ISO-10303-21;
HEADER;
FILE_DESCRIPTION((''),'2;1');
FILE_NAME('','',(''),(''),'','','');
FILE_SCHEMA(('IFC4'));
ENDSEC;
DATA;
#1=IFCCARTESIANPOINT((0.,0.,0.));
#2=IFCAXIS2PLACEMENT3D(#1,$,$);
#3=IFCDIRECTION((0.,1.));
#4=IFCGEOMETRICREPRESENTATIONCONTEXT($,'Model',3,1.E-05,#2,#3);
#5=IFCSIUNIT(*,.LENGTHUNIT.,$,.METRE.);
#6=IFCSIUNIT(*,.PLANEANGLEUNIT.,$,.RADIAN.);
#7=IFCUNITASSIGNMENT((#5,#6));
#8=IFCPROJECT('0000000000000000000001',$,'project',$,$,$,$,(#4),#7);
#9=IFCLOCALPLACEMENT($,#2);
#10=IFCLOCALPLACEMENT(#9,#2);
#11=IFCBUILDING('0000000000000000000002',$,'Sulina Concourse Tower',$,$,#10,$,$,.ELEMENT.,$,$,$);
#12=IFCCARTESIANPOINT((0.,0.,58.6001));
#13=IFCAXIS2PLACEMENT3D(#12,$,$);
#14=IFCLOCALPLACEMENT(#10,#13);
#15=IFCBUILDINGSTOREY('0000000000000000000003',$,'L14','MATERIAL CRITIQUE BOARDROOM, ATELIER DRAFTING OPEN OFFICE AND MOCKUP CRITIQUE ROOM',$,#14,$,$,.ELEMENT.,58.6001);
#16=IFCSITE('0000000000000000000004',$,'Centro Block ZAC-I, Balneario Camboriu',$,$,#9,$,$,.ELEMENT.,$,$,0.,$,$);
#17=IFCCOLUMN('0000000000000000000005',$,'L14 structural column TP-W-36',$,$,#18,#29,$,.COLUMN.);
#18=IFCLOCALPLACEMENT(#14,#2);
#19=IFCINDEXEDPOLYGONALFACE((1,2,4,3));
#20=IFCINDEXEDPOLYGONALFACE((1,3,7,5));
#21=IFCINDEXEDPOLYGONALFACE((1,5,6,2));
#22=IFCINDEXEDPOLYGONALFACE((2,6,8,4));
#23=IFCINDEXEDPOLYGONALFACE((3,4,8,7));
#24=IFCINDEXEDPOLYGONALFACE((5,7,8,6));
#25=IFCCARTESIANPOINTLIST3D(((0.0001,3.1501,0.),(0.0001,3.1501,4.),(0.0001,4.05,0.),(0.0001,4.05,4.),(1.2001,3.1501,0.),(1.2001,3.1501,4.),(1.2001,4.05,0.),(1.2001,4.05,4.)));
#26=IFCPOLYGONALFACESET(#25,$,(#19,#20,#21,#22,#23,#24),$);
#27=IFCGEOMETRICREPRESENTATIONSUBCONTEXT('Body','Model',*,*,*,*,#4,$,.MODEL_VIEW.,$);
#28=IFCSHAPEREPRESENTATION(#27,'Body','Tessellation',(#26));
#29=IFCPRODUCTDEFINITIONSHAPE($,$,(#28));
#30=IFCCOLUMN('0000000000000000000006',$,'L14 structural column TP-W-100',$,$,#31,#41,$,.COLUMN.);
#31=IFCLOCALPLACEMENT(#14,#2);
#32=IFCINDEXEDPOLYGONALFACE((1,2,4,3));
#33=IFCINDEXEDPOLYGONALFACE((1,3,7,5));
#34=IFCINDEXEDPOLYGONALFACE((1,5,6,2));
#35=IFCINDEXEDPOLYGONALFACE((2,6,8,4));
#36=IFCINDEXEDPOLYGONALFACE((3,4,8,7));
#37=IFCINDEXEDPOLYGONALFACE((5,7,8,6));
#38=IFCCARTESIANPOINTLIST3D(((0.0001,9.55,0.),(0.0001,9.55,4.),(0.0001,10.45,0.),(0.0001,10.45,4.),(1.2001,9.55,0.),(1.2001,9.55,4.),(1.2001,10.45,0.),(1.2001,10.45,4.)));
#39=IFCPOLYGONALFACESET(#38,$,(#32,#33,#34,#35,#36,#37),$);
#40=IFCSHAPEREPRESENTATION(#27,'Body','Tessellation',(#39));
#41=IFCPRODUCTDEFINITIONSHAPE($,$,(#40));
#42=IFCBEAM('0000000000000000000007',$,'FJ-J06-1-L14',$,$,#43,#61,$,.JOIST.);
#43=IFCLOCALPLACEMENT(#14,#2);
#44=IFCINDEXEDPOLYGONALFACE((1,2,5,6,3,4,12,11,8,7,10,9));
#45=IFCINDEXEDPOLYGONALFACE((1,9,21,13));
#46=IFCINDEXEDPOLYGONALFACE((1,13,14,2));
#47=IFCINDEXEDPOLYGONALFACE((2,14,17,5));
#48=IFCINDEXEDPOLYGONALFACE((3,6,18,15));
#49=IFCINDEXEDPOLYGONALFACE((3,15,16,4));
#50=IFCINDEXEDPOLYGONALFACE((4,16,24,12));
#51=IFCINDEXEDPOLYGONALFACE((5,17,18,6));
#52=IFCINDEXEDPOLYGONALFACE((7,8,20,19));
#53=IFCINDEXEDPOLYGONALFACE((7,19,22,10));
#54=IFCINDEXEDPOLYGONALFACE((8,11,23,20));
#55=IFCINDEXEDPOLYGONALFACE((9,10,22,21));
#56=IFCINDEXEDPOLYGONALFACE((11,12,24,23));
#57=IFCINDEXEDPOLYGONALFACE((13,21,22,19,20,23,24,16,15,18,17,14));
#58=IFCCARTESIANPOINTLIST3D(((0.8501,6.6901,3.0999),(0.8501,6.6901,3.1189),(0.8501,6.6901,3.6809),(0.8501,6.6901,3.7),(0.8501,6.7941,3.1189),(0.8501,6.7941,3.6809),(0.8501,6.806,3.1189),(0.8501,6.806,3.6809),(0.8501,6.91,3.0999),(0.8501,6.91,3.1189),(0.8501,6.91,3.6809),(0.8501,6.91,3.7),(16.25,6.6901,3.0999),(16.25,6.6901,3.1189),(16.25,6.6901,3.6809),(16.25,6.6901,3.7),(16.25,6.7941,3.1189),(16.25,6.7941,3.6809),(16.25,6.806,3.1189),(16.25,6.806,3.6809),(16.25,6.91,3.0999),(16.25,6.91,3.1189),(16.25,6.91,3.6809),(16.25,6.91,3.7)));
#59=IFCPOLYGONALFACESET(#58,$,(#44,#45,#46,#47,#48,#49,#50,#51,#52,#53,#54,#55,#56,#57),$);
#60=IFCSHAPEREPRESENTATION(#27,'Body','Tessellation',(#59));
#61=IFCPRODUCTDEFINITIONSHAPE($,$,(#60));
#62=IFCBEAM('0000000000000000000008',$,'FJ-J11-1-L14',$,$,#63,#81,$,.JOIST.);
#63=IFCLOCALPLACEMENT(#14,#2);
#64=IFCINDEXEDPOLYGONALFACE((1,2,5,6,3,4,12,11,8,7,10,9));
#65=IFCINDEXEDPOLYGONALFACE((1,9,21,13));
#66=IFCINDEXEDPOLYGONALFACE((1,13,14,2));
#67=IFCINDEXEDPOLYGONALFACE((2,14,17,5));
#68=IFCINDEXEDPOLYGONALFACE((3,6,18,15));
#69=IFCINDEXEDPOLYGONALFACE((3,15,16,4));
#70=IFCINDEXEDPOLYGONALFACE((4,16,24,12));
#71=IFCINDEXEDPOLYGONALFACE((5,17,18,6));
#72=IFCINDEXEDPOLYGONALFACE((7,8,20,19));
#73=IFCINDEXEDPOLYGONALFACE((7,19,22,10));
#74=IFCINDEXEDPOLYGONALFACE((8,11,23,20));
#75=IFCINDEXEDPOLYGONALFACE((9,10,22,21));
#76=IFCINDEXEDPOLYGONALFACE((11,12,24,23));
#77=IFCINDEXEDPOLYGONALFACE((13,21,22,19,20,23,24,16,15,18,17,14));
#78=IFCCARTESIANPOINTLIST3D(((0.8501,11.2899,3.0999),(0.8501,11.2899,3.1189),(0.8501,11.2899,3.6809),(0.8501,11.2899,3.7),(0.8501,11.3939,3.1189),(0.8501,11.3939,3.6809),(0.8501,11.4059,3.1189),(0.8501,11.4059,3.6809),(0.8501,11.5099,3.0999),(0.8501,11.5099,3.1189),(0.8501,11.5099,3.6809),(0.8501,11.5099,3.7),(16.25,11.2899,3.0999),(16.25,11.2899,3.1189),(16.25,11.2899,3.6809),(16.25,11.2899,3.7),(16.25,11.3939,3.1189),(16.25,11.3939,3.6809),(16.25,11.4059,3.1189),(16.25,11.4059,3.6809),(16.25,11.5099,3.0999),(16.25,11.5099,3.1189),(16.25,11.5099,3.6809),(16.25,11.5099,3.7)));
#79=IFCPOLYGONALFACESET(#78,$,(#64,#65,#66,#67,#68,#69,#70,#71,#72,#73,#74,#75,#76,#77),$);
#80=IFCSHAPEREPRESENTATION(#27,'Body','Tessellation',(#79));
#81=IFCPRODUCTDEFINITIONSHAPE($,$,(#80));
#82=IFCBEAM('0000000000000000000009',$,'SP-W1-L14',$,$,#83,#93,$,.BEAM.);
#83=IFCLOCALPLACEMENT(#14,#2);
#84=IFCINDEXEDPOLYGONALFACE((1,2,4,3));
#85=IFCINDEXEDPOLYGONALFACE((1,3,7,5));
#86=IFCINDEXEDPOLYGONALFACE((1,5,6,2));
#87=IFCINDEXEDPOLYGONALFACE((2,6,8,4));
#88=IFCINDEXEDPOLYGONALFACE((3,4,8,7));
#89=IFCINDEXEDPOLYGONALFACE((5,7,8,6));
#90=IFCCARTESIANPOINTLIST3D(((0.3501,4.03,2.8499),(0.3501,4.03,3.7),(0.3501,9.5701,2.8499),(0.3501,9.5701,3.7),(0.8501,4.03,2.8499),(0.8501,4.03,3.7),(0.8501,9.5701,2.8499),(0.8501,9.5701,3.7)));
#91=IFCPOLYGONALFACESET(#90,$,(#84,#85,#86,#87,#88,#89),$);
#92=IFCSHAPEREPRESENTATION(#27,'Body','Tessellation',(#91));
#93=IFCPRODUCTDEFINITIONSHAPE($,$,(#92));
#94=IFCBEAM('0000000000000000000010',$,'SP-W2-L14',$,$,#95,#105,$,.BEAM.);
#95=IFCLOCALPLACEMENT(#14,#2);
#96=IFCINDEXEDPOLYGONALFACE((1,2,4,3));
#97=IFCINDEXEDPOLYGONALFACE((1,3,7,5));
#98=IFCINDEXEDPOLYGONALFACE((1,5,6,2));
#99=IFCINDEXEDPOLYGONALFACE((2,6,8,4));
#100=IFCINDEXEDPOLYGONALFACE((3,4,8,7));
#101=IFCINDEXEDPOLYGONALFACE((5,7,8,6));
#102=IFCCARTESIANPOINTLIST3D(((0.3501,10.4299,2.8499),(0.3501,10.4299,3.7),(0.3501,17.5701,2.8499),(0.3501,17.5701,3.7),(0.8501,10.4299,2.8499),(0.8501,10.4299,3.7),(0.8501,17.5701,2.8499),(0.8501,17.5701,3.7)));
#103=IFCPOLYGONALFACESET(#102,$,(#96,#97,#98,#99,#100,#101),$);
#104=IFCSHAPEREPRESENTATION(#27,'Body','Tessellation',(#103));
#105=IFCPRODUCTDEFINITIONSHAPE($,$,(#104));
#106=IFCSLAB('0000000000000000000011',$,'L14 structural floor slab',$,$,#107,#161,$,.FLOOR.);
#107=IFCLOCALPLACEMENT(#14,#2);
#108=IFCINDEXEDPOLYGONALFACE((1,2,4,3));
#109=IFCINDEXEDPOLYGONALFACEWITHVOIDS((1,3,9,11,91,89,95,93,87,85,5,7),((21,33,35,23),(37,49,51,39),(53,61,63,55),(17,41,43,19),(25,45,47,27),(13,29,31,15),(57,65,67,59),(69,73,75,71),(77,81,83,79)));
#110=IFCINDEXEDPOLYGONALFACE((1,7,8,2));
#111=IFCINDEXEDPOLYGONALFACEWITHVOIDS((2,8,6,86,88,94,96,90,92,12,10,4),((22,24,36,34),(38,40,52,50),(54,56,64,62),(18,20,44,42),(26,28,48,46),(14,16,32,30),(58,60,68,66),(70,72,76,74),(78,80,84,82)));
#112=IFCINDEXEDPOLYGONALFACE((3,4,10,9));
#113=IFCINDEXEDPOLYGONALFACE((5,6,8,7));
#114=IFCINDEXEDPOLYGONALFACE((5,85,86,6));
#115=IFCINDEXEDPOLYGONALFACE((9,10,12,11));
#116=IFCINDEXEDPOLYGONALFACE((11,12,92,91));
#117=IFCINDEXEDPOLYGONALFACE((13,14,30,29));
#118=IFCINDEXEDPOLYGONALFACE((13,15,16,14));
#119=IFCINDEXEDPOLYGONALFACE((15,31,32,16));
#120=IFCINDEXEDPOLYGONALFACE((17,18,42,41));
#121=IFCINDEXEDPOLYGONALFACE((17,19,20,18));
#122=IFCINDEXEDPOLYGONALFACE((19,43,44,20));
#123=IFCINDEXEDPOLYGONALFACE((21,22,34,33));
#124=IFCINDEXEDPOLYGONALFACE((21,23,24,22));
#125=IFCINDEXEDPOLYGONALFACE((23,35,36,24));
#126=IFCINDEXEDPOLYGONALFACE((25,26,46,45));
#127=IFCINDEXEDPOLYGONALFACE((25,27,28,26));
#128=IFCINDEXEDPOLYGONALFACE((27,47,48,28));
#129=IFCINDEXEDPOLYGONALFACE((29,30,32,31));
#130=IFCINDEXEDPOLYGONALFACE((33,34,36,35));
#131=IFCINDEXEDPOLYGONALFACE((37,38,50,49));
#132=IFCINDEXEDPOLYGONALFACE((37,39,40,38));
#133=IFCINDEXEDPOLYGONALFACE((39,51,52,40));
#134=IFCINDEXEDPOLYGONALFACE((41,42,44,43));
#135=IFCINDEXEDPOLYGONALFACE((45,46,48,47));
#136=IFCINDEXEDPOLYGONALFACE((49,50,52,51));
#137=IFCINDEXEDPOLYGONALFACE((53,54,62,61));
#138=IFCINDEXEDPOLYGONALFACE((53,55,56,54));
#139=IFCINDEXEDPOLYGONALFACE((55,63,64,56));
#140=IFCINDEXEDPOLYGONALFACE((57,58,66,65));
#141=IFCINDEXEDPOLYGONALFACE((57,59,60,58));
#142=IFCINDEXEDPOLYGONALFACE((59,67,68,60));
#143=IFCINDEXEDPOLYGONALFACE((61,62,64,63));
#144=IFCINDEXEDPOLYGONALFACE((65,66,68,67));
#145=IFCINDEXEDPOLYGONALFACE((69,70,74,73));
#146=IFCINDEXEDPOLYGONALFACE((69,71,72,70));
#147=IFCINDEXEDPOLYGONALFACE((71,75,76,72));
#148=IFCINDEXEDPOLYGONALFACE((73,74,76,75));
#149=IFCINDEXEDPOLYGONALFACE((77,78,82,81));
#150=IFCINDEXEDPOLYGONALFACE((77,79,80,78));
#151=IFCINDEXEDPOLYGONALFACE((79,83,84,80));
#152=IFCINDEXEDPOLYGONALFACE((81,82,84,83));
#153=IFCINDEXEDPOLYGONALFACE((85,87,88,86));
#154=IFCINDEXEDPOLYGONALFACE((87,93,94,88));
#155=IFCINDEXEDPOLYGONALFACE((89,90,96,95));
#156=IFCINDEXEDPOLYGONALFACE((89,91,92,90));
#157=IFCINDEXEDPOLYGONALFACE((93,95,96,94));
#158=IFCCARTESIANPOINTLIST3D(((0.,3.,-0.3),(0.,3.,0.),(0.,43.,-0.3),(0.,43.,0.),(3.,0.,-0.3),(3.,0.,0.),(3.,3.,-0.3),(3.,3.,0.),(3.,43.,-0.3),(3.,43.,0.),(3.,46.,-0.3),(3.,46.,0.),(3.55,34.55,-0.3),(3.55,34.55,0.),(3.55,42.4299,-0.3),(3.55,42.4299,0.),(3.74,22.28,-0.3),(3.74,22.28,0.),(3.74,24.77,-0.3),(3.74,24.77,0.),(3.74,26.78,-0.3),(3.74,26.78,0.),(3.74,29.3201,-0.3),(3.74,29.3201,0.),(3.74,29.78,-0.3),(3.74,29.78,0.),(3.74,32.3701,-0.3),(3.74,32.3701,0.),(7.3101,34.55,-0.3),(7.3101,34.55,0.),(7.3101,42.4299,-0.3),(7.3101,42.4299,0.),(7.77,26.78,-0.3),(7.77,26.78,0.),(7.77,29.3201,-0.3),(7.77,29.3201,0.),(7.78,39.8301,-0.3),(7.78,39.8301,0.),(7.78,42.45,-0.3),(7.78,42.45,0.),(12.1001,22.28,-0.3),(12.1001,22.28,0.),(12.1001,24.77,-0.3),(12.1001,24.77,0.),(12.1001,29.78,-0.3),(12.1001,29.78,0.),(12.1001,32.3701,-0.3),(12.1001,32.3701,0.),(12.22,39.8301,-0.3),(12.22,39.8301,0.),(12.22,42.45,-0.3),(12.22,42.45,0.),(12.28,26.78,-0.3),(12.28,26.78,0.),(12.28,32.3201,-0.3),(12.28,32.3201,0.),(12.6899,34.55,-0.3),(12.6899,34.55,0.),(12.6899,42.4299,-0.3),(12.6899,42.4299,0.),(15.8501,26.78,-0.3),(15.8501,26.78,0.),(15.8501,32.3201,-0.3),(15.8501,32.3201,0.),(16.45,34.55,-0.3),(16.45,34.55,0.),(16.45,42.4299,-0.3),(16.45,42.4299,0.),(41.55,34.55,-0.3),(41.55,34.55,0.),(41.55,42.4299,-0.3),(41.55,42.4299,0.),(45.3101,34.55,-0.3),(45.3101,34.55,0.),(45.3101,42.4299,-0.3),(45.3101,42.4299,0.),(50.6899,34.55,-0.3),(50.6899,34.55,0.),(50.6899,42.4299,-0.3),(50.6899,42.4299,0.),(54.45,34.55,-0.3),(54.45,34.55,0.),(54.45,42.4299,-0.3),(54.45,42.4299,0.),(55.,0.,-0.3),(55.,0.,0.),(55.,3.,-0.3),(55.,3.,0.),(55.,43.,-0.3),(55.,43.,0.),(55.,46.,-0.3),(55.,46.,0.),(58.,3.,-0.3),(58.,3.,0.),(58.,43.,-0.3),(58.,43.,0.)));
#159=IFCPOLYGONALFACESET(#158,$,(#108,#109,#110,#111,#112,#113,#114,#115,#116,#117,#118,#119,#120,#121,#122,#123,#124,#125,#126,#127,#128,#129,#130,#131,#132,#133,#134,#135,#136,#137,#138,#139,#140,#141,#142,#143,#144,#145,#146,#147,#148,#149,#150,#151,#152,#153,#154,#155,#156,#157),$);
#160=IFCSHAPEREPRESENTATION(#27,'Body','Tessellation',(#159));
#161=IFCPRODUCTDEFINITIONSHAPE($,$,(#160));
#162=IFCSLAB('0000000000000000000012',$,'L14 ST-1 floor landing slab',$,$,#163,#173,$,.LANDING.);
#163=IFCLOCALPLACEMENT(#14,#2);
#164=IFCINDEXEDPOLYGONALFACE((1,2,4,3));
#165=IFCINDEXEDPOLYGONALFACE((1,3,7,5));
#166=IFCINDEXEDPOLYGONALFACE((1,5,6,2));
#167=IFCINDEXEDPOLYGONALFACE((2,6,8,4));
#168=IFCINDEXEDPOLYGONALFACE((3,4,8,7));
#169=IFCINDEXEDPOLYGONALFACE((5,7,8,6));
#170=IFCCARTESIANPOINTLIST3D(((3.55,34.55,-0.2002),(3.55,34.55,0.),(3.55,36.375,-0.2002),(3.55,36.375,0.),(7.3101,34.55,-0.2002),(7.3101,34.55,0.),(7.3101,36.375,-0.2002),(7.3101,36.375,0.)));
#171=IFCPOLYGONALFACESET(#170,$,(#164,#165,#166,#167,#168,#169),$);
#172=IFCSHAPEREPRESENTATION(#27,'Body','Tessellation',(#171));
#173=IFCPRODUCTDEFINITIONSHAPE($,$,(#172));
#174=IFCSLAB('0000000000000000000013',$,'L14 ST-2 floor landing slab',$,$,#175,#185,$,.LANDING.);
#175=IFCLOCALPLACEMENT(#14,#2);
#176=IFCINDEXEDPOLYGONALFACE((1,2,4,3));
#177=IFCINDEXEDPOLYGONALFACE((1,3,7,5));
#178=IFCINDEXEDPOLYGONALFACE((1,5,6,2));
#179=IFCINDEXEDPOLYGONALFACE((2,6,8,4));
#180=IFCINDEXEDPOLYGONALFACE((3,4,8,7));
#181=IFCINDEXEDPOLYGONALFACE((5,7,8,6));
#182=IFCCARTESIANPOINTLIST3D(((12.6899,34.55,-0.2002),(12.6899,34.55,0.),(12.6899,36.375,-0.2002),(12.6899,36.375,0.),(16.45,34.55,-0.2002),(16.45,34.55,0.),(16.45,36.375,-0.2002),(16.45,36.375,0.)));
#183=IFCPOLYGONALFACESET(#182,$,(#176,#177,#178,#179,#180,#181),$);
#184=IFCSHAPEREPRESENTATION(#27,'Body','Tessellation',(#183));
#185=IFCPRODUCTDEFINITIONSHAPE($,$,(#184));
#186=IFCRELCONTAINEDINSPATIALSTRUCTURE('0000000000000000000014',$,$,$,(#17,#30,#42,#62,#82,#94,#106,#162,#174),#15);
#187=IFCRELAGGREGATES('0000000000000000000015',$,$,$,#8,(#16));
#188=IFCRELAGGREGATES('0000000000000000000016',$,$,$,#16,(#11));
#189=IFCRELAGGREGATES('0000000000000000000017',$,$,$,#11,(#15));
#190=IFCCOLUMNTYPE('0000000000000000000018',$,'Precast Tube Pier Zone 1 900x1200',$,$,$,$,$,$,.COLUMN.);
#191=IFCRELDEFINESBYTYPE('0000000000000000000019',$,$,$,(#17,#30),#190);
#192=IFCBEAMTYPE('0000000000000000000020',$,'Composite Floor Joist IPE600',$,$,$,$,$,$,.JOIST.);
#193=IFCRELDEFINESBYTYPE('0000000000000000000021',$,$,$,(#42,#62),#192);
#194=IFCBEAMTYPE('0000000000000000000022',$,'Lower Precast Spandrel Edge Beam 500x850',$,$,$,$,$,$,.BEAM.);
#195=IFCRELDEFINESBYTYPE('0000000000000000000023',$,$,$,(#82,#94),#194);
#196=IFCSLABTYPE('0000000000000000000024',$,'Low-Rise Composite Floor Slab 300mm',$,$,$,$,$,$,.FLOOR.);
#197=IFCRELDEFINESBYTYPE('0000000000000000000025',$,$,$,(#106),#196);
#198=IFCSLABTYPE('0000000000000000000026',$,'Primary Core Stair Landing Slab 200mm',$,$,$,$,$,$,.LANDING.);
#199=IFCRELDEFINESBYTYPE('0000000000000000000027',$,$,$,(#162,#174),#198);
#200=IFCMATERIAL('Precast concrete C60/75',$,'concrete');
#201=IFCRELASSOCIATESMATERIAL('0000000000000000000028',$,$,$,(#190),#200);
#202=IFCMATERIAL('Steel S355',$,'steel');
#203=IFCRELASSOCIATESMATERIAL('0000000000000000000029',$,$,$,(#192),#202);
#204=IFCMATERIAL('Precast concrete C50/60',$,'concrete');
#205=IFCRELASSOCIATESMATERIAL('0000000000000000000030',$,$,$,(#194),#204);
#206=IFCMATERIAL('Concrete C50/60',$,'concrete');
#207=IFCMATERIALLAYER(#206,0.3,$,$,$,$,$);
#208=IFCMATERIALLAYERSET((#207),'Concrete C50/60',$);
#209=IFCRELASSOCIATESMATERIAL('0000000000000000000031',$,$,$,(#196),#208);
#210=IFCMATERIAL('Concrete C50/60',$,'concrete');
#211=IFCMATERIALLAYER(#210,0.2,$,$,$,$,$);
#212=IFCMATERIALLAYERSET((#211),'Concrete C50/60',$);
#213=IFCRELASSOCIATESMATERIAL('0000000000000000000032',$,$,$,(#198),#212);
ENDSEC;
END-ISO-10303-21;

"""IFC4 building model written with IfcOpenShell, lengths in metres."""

from ifc_helpers import new_model, si_unit, direction, frame, origin, origin_2d, place, context, subcontext, project, spatial, polyline, rectangle, i_section, outline, extrude, material, layer, layer_set, material_profile, profile_set, type_object, element, save


model = new_model("IFC4")

# Units and contexts
model_context = context("Model", 3, precision=1e-05, world=origin(), true_north=direction((0.0, 1.0)))
body_context = subcontext(model_context, "Body", "Model", "MODEL_VIEW")
ifc_project = project(units=[si_unit("LENGTHUNIT", "METRE"), si_unit("PLANEANGLEUNIT", "RADIAN")], contexts=[model_context])

# Site, building, storey
site_placement = place(None, origin())
site = spatial("IfcSite", under=ifc_project, at=site_placement, Name="Centro Block ZAC-I, Balneario Camboriu", CompositionType="ELEMENT", RefElevation=0.0)
building_placement = place(site_placement, origin())
building = spatial("IfcBuilding", under=site, at=building_placement, Name="Sulina Concourse Tower", CompositionType="ELEMENT")
storey_placement = place(building_placement, frame((0.0, 0.0, 58.6001)))
storey = spatial("IfcBuildingStorey", under=building, at=storey_placement, Name="L14", Description="MATERIAL CRITIQUE BOARDROOM, ATELIER DRAFTING OPEN OFFICE AND MOCKUP CRITIQUE ROOM", CompositionType="ELEMENT", Elevation=58.6001)

# Columns
ifc_material_1 = material(Name="Precast concrete C60/75", Category="concrete")
ifc_material_profile_1 = material_profile(ifc_material_1, rectangle(XDim=0.8999, YDim=1.2, at=origin_2d()), Name="PC 900x1200")
ifc_profile_set_1 = profile_set([ifc_material_profile_1], Name="Precast concrete C60/75")
column_type = type_object("IfcColumnType", Name="Precast Tube Pier Zone 1 900x1200", PredefinedType="COLUMN", material=ifc_profile_set_1)
for number, where, z_axis, x_axis, name in (
    (1, (0.6001, 3.6001, 0.0), (0.0, 0.0, 1.0), (0.0, 1.0, 0.0), "L14 structural column TP-W-36"),
    (2, (0.6001, 10.0, 0.0), (0.0, 0.0, 1.0), (0.0, 1.0, 0.0), "L14 structural column TP-W-100"),
):
    element("IfcColumn", number, at=place(storey_placement, frame(where, z_axis=z_axis, x_axis=x_axis)), inside=storey, type_object=column_type, Name=name, PredefinedType="COLUMN", context=body_context, shape_type="SweptSolid", body=[
        extrude(rectangle(XDim=0.8999, YDim=1.2, at=origin_2d()), origin(), (0.0, 0.0, 1.0), 4.0),
    ])

# Beams
ifc_material_2 = material(Name="Steel S355", Category="steel")
ifc_material_profile_2 = material_profile(ifc_material_2, i_section(OverallWidth=0.22, OverallDepth=0.6001, WebThickness=0.012, FlangeThickness=0.019, at=origin_2d()), Name="IPE 600")
ifc_profile_set_2 = profile_set([ifc_material_profile_2], Name="Steel S355")
beam_type_1 = type_object("IfcBeamType", Name="Composite Floor Joist IPE600", PredefinedType="JOIST", material=ifc_profile_set_2)
for number, where, z_axis, x_axis, name in (
    (3, (0.8501, 6.8, 3.3999), (1.0, 0.0, 0.0), (0.0, 1.0, 0.0), "FJ-J06-1-L14"),
    (4, (0.8501, 11.3999, 3.3999), (1.0, 0.0, 0.0), (0.0, 1.0, 0.0), "FJ-J11-1-L14"),
):
    element("IfcBeam", number, at=place(storey_placement, frame(where, z_axis=z_axis, x_axis=x_axis)), inside=storey, type_object=beam_type_1, Name=name, PredefinedType="JOIST", context=body_context, shape_type="SweptSolid", body=[
        extrude(i_section(OverallWidth=0.22, OverallDepth=0.6001, WebThickness=0.012, FlangeThickness=0.019, at=origin_2d()), origin(), (0.0, 0.0, 1.0), 15.3999),
    ])
ifc_material_3 = material(Name="Precast concrete C50/60", Category="concrete")
ifc_material_profile_3 = material_profile(ifc_material_3, rectangle(XDim=0.5, YDim=0.8501, at=origin_2d()), Name="RC 500x850")
ifc_profile_set_3 = profile_set([ifc_material_profile_3], Name="Precast concrete C50/60")
beam_type_2 = type_object("IfcBeamType", Name="Lower Precast Spandrel Edge Beam 500x850", PredefinedType="BEAM", material=ifc_profile_set_3)
beam_1_placement = place(storey_placement, frame((0.6001, 4.03, 3.2749), z_axis=(0.0, 1.0, 0.0), x_axis=(-1.0, 0.0, 0.0)))
element("IfcBeam", 5, at=beam_1_placement, inside=storey, type_object=beam_type_2, Name="SP-W1-L14", PredefinedType="BEAM", context=body_context, shape_type="SweptSolid", body=[
    extrude(rectangle(XDim=0.5, YDim=0.8501, at=origin_2d()), origin(), (0.0, 0.0, 1.0), 5.54),
])
beam_2_placement = place(storey_placement, frame((0.6001, 10.4299, 3.2749), z_axis=(0.0, 1.0, 0.0), x_axis=(-1.0, 0.0, 0.0)))
element("IfcBeam", 6, at=beam_2_placement, inside=storey, type_object=beam_type_2, Name="SP-W2-L14", PredefinedType="BEAM", context=body_context, shape_type="SweptSolid", body=[
    extrude(rectangle(XDim=0.5, YDim=0.8501, at=origin_2d()), origin(), (0.0, 0.0, 1.0), 7.1401),
])

# Slabs
ifc_material_4 = material(Name="Concrete C50/60", Category="concrete")
ifc_layer_1 = layer(ifc_material_4, 0.3)
ifc_layer_set_1 = layer_set([ifc_layer_1], Name="Concrete C50/60")
slab_type_1 = type_object("IfcSlabType", Name="Low-Rise Composite Floor Slab 300mm", PredefinedType="FLOOR", material=ifc_layer_set_1)
slab_1_placement = place(storey_placement, frame((0.0, 0.0, -0.3)))
element("IfcSlab", 7, at=slab_1_placement, inside=storey, type_object=slab_type_1, Name="L14 structural floor slab", PredefinedType="FLOOR", context=body_context, shape_type="SweptSolid", body=[
    extrude(outline(polyline([(3.0, 0.0), (55.0, 0.0), (55.0, 3.0), (58.0, 3.0), (58.0, 43.0), (55.0, 43.0), (55.0, 46.0), (3.0, 46.0), (3.0, 43.0), (0.0, 43.0), (0.0, 3.0), (3.0, 3.0), (3.0, 0.0)]), holes=[polyline([(7.3101, 34.55), (7.3101, 42.4299), (3.55, 42.4299), (3.55, 34.55), (7.3101, 34.55)]), polyline([(16.45, 34.55), (16.45, 42.4299), (12.6899, 42.4299), (12.6899, 34.55), (16.45, 34.55)]), polyline([(45.3101, 34.55), (45.3101, 42.4299), (41.55, 42.4299), (41.55, 34.55), (45.3101, 34.55)]), polyline([(54.45, 34.55), (54.45, 42.4299), (50.6899, 42.4299), (50.6899, 34.55), (54.45, 34.55)]), polyline([(7.78, 39.8301), (12.22, 39.8301), (12.22, 42.45), (7.78, 42.45), (7.78, 39.8301)]), polyline([(3.74, 26.78), (7.77, 26.78), (7.77, 29.3201), (3.74, 29.3201), (3.74, 26.78)]), polyline([(3.74, 29.78), (12.1001, 29.78), (12.1001, 32.3701), (3.74, 32.3701), (3.74, 29.78)]), polyline([(3.74, 22.28), (12.1001, 22.28), (12.1001, 24.77), (3.74, 24.77), (3.74, 22.28)]), polyline([(12.28, 26.78), (15.8501, 26.78), (15.8501, 32.3201), (12.28, 32.3201), (12.28, 26.78)])]), origin(), (0.0, 0.0, 1.0), 0.3),
])
ifc_material_5 = material(Name="Concrete C50/60", Category="concrete")
ifc_layer_2 = layer(ifc_material_5, 0.2)
ifc_layer_set_2 = layer_set([ifc_layer_2], Name="Concrete C50/60")
slab_type_2 = type_object("IfcSlabType", Name="Primary Core Stair Landing Slab 200mm", PredefinedType="LANDING", material=ifc_layer_set_2)
slab_2_placement = place(storey_placement, frame((0.0, 0.0, -0.2002)))
element("IfcSlab", 8, at=slab_2_placement, inside=storey, type_object=slab_type_2, Name="L14 ST-1 floor landing slab", PredefinedType="LANDING", context=body_context, shape_type="SweptSolid", body=[
    extrude(outline(polyline([(7.3101, 34.55), (7.3101, 36.375), (3.55, 36.375), (3.55, 34.55), (7.3101, 34.55)])), origin(), (0.0, 0.0, 1.0), 0.2002),
])
slab_3_placement = place(storey_placement, frame((0.0, 0.0, -0.2002)))
element("IfcSlab", 9, at=slab_3_placement, inside=storey, type_object=slab_type_2, Name="L14 ST-2 floor landing slab", PredefinedType="LANDING", context=body_context, shape_type="SweptSolid", body=[
    extrude(outline(polyline([(16.45, 34.55), (16.45, 36.375), (12.6899, 36.375), (12.6899, 34.55), (16.45, 34.55)])), origin(), (0.0, 0.0, 1.0), 0.2002),
])

save(model, "model.ifc")
